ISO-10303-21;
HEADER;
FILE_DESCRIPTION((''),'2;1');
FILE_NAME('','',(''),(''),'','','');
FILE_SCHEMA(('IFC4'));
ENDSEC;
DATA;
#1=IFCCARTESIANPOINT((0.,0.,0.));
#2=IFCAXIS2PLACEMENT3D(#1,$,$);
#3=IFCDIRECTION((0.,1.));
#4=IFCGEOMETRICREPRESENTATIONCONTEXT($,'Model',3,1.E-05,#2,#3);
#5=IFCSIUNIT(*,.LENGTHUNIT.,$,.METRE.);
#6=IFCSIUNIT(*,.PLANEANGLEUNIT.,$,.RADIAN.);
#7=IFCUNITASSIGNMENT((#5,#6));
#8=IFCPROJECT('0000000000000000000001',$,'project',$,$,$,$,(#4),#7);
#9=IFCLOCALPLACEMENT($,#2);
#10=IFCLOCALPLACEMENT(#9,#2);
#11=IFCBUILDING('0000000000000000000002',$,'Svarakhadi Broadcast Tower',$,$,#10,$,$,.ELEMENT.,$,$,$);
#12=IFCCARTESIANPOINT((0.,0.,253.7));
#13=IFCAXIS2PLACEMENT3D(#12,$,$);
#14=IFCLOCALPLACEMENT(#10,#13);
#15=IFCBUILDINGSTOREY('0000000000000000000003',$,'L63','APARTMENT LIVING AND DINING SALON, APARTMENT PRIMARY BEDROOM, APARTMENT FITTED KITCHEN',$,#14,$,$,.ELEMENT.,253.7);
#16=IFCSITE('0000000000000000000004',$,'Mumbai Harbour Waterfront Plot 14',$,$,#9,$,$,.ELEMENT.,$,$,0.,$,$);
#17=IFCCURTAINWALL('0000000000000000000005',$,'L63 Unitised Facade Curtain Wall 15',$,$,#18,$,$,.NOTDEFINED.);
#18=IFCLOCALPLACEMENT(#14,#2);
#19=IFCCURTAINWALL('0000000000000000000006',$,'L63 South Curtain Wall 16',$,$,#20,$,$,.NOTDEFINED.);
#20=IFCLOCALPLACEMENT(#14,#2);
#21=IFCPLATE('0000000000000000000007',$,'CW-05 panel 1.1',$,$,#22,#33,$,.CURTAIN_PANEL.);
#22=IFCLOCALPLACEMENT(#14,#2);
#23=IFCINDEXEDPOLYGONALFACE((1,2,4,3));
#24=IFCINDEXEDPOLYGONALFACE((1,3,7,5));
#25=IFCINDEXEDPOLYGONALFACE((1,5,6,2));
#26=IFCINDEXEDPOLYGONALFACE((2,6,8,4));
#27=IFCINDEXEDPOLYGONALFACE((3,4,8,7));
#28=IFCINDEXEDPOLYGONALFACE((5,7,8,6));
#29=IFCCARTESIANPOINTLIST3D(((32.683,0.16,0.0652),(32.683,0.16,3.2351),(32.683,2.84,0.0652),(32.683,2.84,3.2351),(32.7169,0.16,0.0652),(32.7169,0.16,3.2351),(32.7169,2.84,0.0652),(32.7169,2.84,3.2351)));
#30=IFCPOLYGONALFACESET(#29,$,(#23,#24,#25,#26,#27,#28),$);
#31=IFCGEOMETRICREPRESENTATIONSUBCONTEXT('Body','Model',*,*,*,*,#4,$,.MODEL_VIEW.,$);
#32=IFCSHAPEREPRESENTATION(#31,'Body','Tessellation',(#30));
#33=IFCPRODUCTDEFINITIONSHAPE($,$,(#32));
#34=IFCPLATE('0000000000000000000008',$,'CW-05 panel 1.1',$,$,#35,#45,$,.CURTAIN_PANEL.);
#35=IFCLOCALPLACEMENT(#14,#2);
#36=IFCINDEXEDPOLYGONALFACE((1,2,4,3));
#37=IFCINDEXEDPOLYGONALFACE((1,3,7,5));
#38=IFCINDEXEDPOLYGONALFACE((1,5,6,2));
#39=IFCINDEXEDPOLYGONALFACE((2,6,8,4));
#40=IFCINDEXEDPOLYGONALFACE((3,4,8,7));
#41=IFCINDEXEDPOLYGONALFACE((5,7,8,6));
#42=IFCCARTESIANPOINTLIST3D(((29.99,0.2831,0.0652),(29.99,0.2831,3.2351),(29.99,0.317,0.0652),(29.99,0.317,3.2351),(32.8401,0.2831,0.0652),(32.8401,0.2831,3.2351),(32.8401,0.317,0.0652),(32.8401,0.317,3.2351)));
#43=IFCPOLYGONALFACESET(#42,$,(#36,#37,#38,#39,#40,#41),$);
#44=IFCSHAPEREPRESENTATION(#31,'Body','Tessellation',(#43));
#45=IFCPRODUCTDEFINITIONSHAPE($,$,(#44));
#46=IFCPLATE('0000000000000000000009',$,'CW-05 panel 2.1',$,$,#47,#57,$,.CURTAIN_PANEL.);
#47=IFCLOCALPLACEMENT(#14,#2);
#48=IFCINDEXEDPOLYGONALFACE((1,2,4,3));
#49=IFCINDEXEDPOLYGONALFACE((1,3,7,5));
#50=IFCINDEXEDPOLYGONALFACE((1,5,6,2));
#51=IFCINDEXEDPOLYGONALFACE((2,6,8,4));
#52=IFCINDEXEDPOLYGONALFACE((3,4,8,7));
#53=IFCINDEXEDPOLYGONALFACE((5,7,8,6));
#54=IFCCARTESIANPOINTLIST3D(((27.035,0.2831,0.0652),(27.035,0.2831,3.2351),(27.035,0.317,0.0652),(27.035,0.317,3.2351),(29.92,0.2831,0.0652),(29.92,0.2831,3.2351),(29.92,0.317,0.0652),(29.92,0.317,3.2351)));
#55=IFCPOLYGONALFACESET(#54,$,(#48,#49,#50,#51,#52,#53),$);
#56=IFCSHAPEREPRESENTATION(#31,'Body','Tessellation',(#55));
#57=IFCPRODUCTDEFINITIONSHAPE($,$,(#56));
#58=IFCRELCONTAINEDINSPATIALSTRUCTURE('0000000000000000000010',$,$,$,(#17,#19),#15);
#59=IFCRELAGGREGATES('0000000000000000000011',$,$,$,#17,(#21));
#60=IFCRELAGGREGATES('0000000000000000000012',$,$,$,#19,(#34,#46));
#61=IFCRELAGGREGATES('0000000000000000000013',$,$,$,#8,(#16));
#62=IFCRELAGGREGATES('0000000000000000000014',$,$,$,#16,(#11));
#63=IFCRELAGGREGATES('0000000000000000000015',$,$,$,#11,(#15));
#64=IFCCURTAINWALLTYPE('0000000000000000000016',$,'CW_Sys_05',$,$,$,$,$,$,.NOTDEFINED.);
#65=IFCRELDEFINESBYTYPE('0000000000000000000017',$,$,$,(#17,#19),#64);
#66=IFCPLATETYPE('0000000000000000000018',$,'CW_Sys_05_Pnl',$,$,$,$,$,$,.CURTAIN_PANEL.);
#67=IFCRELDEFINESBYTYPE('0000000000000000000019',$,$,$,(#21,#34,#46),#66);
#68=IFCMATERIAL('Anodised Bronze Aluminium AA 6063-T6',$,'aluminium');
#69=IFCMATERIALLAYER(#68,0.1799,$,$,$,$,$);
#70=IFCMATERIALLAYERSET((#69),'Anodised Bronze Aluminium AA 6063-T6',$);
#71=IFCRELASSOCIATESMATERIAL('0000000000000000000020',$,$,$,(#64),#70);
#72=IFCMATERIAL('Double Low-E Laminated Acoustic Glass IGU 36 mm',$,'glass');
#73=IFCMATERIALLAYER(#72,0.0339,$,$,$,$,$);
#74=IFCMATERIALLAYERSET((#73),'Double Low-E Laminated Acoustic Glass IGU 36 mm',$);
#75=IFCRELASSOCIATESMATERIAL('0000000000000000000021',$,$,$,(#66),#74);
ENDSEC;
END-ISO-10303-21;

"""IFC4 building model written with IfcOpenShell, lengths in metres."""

from ifc_helpers import new_model, si_unit, direction, frame, origin, origin_2d, place, context, subcontext, project, spatial, rectangle, extrude, material, layer, layer_set, type_object, element, aggregate, save


model = new_model("IFC4")

# Units and contexts
model_context = context("Model", 3, precision=1e-05, world=origin(), true_north=direction((0.0, 1.0)))
body_context = subcontext(model_context, "Body", "Model", "MODEL_VIEW")
ifc_project = project(units=[si_unit("LENGTHUNIT", "METRE"), si_unit("PLANEANGLEUNIT", "RADIAN")], contexts=[model_context])

# Site, building, storey
site_placement = place(None, origin())
site = spatial("IfcSite", under=ifc_project, at=site_placement, Name="Mumbai Harbour Waterfront Plot 14", CompositionType="ELEMENT", RefElevation=0.0)
building_placement = place(site_placement, origin())
building = spatial("IfcBuilding", under=site, at=building_placement, Name="Svarakhadi Broadcast Tower", CompositionType="ELEMENT")
storey_placement = place(building_placement, frame((0.0, 0.0, 253.7)))
storey = spatial("IfcBuildingStorey", under=building, at=storey_placement, Name="L63", Description="APARTMENT LIVING AND DINING SALON, APARTMENT PRIMARY BEDROOM, APARTMENT FITTED KITCHEN", CompositionType="ELEMENT", Elevation=253.7)

# Shared definitions
ifc_material_1 = material(Name="Anodised Bronze Aluminium AA 6063-T6", Category="aluminium")
ifc_layer_1 = layer(ifc_material_1, 0.1799)
ifc_layer_set_1 = layer_set([ifc_layer_1], Name="Anodised Bronze Aluminium AA 6063-T6")
curtain_wall_type = type_object("IfcCurtainWallType", Name="CW_Sys_05", PredefinedType="NOTDEFINED", material=ifc_layer_set_1)

# Curtain walls
curtain_wall_1_placement = place(storey_placement, origin())
curtain_wall_1 = element("IfcCurtainWall", 1, at=curtain_wall_1_placement, inside=storey, type_object=curtain_wall_type, Name="L63 Unitised Facade Curtain Wall 15", PredefinedType="NOTDEFINED")
curtain_wall_2_placement = place(storey_placement, origin())
curtain_wall_2 = element("IfcCurtainWall", 2, at=curtain_wall_2_placement, inside=storey, type_object=curtain_wall_type, Name="L63 South Curtain Wall 16", PredefinedType="NOTDEFINED")

# Plates
ifc_material_2 = material(Name="Double Low-E Laminated Acoustic Glass IGU 36 mm", Category="glass")
ifc_layer_2 = layer(ifc_material_2, 0.0339)
ifc_layer_set_2 = layer_set([ifc_layer_2], Name="Double Low-E Laminated Acoustic Glass IGU 36 mm")
plate_type = type_object("IfcPlateType", Name="CW_Sys_05_Pnl", PredefinedType="CURTAIN_PANEL", material=ifc_layer_set_2)
plate_1_placement = place(storey_placement, frame((32.7, 1.5, 0.0652), z_axis=(0.0, 0.0, 1.0), x_axis=(0.0, -1.0, 0.0)))
plate_1 = element("IfcPlate", 3, at=plate_1_placement, type_object=plate_type, Name="CW-05 panel 1.1", PredefinedType="CURTAIN_PANEL", context=body_context, shape_type="SweptSolid", body=[
    extrude(rectangle(XDim=2.6799, YDim=0.0339, at=origin_2d()), origin(), (0.0, 0.0, 1.0), 3.1699),
])
aggregate(curtain_wall_1, [plate_1])
plate_2_placement = place(storey_placement, frame((31.415, 0.3, 0.0652), z_axis=(0.0, 0.0, 1.0), x_axis=(-1.0, 0.0, 0.0)))
plate_2 = element("IfcPlate", 4, at=plate_2_placement, type_object=plate_type, Name="CW-05 panel 1.1", PredefinedType="CURTAIN_PANEL", context=body_context, shape_type="SweptSolid", body=[
    extrude(rectangle(XDim=2.8501, YDim=0.0339, at=origin_2d()), origin(), (0.0, 0.0, 1.0), 3.1699),
])
plate_3_placement = place(storey_placement, frame((28.4775, 0.3, 0.0652), z_axis=(0.0, 0.0, 1.0), x_axis=(-1.0, 0.0, 0.0)))
plate_3 = element("IfcPlate", 5, at=plate_3_placement, type_object=plate_type, Name="CW-05 panel 2.1", PredefinedType="CURTAIN_PANEL", context=body_context, shape_type="SweptSolid", body=[
    extrude(rectangle(XDim=2.885, YDim=0.0339, at=origin_2d()), origin(), (0.0, 0.0, 1.0), 3.1699),
])
aggregate(curtain_wall_2, [plate_2, plate_3])

save(model, "model.ifc")
